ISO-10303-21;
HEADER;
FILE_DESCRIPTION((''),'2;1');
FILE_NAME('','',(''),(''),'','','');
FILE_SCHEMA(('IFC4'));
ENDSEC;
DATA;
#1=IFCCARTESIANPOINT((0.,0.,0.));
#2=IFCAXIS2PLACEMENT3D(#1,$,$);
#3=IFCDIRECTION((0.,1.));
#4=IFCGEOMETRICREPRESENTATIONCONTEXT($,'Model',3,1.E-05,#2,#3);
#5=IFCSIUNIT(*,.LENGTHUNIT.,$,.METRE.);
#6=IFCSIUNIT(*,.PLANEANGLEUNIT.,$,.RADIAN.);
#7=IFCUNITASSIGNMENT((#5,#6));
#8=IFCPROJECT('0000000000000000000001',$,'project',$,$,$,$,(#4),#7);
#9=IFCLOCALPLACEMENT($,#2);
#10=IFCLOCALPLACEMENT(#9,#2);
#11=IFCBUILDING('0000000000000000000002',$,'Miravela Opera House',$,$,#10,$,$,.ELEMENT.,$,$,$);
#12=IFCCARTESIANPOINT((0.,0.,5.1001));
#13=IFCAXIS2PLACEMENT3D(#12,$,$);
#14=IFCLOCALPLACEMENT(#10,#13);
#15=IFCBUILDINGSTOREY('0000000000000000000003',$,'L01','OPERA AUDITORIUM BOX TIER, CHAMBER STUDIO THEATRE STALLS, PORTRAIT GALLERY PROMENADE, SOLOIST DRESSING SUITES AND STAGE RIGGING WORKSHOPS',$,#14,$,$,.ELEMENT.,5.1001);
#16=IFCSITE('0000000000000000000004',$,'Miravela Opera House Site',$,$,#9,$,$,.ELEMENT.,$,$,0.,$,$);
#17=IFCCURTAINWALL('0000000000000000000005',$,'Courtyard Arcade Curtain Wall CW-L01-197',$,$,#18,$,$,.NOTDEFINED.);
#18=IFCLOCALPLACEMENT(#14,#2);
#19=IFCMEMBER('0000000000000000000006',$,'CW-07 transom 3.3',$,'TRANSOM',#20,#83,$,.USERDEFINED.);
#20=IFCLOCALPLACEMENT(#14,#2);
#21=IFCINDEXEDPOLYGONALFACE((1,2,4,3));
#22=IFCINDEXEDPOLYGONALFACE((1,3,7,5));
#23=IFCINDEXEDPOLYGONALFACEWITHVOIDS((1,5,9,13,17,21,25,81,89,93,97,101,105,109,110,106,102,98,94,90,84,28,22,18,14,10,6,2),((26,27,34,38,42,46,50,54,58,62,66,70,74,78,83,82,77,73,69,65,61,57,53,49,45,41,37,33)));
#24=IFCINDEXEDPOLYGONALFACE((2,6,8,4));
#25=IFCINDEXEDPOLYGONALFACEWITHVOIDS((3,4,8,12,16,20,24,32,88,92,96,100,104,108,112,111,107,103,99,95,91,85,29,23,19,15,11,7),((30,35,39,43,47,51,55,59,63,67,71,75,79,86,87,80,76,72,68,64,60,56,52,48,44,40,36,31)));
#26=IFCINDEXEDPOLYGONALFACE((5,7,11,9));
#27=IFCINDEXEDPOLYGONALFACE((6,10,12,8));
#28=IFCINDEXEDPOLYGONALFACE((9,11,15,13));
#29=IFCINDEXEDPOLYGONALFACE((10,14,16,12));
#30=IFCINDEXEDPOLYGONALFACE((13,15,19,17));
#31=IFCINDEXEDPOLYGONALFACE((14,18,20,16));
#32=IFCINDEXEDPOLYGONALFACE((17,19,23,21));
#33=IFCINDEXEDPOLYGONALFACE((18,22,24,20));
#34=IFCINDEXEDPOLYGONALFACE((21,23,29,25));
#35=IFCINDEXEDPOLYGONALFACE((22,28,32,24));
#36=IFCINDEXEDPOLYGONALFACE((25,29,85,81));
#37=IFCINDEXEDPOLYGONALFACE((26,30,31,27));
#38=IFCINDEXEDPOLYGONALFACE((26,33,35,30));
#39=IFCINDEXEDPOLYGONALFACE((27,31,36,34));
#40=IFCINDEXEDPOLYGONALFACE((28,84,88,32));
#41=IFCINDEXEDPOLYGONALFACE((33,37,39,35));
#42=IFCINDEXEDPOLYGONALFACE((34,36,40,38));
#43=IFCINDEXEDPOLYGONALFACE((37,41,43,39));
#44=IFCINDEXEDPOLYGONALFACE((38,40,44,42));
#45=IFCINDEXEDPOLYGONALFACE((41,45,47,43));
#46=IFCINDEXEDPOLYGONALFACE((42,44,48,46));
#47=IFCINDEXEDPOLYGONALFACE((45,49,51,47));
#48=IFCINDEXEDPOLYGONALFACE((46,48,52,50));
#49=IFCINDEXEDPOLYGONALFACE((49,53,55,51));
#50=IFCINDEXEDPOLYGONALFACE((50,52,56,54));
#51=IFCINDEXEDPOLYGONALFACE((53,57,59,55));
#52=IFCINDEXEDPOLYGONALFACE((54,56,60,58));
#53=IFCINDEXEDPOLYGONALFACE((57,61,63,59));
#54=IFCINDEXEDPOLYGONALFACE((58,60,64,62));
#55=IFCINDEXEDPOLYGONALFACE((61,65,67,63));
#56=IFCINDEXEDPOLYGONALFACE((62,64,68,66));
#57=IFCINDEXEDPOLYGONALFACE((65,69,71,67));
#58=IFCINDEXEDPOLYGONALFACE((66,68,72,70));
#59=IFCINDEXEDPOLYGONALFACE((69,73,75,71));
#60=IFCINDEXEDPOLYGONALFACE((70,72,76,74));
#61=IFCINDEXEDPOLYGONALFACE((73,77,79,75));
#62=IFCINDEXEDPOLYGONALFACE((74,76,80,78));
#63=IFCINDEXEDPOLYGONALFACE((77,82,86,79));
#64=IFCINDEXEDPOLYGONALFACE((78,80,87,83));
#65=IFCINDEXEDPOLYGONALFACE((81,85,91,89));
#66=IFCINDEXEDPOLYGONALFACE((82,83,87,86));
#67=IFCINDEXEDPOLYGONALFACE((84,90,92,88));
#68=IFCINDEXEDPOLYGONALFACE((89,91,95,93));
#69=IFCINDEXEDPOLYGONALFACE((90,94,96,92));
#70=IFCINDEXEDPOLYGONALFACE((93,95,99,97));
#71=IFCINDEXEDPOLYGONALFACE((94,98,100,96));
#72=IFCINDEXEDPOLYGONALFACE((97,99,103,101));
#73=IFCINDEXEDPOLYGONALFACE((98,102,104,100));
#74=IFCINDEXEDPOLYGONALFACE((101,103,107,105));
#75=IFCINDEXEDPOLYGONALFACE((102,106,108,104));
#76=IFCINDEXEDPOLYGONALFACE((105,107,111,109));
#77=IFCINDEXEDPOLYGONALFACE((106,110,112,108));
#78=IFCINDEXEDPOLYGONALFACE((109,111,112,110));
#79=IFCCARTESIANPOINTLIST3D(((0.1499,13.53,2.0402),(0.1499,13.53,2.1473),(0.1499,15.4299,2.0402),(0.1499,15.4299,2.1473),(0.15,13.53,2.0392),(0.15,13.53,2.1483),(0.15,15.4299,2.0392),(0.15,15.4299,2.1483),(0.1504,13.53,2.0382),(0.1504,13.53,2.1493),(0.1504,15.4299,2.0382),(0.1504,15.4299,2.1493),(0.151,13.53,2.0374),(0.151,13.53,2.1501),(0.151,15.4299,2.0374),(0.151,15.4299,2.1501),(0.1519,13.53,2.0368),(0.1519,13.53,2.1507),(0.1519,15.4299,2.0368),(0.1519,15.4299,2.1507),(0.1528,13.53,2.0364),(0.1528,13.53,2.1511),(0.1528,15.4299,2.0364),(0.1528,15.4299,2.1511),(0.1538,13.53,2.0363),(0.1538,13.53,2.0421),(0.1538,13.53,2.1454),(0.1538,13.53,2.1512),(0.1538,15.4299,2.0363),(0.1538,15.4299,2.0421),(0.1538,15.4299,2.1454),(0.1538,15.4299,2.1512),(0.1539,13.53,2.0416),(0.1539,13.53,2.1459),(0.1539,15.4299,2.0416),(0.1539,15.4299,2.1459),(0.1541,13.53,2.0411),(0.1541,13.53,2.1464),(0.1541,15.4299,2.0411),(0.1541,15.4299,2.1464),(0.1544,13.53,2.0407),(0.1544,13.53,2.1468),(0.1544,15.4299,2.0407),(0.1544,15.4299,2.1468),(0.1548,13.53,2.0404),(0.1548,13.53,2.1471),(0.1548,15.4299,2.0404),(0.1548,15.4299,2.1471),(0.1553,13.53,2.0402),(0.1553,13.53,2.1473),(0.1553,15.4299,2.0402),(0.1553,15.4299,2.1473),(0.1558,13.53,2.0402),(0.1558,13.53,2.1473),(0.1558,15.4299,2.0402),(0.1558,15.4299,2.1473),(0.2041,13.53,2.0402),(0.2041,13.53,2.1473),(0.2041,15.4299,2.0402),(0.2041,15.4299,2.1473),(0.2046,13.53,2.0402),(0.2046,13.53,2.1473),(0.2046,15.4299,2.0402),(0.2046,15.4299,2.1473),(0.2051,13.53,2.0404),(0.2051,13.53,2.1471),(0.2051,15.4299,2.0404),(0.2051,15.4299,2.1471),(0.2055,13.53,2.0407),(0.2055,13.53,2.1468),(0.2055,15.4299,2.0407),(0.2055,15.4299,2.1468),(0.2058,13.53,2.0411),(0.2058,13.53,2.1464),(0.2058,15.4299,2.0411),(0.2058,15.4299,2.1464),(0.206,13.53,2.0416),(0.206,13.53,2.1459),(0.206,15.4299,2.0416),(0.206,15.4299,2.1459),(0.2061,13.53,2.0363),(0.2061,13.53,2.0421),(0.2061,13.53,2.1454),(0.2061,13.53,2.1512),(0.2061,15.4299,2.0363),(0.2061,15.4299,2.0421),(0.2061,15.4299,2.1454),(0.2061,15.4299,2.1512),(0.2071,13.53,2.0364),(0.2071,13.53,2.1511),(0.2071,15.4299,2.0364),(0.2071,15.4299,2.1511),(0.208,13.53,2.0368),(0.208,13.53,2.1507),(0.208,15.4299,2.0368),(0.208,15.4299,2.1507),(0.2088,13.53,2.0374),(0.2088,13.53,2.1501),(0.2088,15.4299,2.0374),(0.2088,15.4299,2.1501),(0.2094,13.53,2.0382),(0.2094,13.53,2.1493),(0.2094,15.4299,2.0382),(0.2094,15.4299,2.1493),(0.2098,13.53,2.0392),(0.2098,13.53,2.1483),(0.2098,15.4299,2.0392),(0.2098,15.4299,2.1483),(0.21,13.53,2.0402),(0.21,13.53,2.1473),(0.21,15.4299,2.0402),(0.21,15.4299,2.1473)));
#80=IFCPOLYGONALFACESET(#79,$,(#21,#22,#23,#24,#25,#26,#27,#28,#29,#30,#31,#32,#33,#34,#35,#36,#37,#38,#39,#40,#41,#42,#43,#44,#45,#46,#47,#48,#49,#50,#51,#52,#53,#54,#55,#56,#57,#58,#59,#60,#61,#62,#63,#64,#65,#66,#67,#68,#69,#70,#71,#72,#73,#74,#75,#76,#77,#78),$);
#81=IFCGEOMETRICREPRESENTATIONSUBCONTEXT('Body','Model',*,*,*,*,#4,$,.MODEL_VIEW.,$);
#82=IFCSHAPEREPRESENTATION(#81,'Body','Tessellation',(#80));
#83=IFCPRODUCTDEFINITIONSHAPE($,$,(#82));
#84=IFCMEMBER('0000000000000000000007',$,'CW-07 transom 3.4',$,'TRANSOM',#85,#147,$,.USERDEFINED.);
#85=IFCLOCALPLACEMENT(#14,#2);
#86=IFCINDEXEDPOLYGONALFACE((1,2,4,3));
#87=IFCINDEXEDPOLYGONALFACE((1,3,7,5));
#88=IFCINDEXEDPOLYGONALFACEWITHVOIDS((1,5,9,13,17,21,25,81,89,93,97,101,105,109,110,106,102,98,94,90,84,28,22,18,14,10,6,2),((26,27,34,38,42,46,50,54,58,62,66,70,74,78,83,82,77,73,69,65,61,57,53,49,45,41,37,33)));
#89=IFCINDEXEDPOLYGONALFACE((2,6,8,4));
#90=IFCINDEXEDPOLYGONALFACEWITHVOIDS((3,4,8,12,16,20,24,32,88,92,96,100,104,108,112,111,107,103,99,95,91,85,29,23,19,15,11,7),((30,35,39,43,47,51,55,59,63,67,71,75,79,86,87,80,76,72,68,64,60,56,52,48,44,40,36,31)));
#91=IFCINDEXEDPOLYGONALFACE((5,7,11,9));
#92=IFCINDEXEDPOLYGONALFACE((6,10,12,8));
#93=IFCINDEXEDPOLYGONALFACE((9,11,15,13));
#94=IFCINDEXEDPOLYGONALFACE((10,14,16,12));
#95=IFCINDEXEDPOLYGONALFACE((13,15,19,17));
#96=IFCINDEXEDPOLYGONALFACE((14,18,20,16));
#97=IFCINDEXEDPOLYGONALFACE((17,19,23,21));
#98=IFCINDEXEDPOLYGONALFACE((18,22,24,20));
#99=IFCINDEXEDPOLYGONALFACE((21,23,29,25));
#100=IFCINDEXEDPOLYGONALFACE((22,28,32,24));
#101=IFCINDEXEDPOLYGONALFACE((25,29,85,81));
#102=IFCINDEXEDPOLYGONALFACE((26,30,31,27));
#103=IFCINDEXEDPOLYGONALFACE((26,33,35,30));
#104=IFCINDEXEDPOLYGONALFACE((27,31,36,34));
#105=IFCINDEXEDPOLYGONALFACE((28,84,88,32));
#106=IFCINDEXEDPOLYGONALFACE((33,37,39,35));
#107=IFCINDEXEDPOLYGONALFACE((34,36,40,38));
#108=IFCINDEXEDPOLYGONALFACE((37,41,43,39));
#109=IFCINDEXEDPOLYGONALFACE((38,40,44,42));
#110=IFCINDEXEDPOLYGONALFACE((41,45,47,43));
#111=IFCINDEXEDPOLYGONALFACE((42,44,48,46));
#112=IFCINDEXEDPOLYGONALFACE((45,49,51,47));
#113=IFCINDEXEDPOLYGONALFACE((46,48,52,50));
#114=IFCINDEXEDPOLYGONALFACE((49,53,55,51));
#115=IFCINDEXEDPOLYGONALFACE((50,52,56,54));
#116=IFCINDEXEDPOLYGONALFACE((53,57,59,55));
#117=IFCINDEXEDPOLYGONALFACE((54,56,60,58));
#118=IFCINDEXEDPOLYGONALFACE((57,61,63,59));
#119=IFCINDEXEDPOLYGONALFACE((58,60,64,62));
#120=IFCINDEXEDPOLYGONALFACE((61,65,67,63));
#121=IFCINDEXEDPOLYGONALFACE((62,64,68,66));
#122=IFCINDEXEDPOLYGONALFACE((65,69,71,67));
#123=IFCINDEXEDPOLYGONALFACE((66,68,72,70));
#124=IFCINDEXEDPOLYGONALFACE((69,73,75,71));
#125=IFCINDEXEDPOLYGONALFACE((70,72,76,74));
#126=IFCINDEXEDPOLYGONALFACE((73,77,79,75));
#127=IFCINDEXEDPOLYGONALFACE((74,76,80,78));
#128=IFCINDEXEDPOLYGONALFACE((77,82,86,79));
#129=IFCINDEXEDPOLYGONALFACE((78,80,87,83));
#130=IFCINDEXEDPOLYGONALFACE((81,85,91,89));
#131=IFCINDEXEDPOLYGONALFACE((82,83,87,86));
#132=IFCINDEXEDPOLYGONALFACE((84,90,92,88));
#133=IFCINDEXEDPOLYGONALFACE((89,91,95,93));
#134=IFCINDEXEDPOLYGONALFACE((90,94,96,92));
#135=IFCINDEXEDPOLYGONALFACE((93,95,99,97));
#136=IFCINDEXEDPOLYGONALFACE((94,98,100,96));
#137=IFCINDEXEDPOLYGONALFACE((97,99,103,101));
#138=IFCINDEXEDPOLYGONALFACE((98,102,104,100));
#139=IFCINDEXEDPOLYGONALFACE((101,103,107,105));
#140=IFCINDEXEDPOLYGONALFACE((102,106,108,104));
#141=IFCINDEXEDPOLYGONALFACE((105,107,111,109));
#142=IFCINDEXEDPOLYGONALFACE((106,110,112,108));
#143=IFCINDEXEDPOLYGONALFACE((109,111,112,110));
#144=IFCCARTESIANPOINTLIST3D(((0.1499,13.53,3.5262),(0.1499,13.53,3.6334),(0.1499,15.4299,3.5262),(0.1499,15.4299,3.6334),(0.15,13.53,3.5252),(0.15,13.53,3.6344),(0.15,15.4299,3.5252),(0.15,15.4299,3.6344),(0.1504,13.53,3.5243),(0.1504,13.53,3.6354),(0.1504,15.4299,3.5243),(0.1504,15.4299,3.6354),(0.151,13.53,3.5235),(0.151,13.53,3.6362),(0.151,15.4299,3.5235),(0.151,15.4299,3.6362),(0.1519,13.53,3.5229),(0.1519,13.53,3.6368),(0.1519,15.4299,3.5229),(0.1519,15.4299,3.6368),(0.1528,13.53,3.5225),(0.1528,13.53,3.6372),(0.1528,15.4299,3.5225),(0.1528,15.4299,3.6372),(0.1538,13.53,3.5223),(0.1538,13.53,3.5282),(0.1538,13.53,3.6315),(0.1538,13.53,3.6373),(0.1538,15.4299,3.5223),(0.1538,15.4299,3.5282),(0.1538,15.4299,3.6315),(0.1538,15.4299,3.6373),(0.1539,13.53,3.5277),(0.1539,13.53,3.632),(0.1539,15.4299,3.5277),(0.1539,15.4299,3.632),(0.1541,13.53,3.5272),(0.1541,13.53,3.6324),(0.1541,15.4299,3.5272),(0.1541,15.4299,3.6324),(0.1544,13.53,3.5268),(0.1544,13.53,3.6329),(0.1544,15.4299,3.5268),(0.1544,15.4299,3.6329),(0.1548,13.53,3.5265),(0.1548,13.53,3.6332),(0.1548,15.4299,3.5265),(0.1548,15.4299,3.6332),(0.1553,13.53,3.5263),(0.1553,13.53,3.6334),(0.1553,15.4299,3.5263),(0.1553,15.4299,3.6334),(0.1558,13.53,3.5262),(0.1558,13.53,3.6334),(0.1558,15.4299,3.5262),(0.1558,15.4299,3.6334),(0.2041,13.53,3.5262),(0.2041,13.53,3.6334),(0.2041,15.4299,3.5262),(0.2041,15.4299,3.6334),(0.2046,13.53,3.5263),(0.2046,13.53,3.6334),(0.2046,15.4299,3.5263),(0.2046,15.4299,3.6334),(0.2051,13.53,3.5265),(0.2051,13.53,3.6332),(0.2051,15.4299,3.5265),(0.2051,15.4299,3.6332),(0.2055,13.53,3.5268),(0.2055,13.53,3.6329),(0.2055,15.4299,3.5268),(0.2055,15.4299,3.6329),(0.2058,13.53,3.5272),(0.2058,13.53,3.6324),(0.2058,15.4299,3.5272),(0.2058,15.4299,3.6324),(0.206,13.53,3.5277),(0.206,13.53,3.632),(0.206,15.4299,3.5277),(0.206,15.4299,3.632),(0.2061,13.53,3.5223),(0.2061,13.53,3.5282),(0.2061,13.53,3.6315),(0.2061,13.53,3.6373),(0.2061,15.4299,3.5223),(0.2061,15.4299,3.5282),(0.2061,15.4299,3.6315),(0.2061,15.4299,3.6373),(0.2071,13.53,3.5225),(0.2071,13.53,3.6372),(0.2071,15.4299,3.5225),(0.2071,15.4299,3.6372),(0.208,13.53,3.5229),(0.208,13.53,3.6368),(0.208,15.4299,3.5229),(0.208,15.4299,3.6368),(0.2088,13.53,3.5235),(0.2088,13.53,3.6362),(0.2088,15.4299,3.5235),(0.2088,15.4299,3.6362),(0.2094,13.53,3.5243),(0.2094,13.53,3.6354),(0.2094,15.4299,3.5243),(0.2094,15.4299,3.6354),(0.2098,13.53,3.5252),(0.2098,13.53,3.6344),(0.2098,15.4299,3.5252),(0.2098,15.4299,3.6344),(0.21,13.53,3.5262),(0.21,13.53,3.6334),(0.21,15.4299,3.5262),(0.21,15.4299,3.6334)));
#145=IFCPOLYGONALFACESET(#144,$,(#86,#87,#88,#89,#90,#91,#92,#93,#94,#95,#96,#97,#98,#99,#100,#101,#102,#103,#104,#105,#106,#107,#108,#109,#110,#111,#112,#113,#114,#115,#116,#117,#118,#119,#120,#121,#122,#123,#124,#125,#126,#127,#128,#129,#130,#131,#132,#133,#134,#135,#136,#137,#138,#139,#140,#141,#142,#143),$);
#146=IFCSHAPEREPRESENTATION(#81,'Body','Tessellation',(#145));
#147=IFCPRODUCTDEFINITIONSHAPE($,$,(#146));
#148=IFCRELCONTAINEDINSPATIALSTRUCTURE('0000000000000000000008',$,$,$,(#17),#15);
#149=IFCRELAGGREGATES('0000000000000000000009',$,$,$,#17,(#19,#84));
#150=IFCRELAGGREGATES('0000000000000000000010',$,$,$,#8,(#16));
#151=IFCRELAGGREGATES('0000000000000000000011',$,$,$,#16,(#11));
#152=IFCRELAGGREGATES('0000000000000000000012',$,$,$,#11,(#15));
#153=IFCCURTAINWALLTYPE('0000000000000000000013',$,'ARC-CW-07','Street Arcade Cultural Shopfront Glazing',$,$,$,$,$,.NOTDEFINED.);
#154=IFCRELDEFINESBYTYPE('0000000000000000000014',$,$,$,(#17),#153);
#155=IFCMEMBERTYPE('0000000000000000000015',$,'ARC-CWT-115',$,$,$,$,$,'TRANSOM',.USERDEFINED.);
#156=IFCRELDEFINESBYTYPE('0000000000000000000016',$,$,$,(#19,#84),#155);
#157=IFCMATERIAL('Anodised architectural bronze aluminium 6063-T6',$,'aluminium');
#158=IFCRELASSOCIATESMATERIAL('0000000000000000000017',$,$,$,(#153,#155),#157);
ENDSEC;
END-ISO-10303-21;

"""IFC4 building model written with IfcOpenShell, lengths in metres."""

from ifc_helpers import new_model, si_unit, direction, frame, origin, origin_2d, place, context, subcontext, project, spatial, hollow_rectangle, extrude, material, material_profile, profile_set, type_object, element, aggregate, save


model = new_model("IFC4")

# Units and contexts
model_context = context("Model", 3, precision=1e-05, world=origin(), true_north=direction((0.0, 1.0)))
body_context = subcontext(model_context, "Body", "Model", "MODEL_VIEW")
ifc_project = project(units=[si_unit("LENGTHUNIT", "METRE"), si_unit("PLANEANGLEUNIT", "RADIAN")], contexts=[model_context])

# Site, building, storey
site_placement = place(None, origin())
site = spatial("IfcSite", under=ifc_project, at=site_placement, Name="Miravela Opera House Site", CompositionType="ELEMENT", RefElevation=0.0)
building_placement = place(site_placement, origin())
building = spatial("IfcBuilding", under=site, at=building_placement, Name="Miravela Opera House", CompositionType="ELEMENT")
storey_placement = place(building_placement, frame((0.0, 0.0, 5.1001)))
storey = spatial("IfcBuildingStorey", under=building, at=storey_placement, Name="L01", Description="OPERA AUDITORIUM BOX TIER, CHAMBER STUDIO THEATRE STALLS, PORTRAIT GALLERY PROMENADE, SOLOIST DRESSING SUITES AND STAGE RIGGING WORKSHOPS", CompositionType="ELEMENT", Elevation=5.1001)

# Curtain wall, members
ifc_material_1 = material(Name="Anodised architectural bronze aluminium 6063-T6", Category="aluminium")
curtain_wall_type = type_object("IfcCurtainWallType", Name="ARC-CW-07", Description="Street Arcade Cultural Shopfront Glazing", PredefinedType="NOTDEFINED", material=ifc_material_1)
curtain_wall_placement = place(storey_placement, origin())
curtain_wall = element("IfcCurtainWall", 1, at=curtain_wall_placement, inside=storey, type_object=curtain_wall_type, Name="Courtyard Arcade Curtain Wall CW-L01-197", PredefinedType="NOTDEFINED")
ifc_material_profile_1 = material_profile(ifc_material_1, hollow_rectangle(XDim=0.0601, YDim=0.115, WallThickness=0.0039, InnerFilletRadius=0.002, OuterFilletRadius=0.0039, at=origin_2d()), Name="CWT-60X115")
ifc_profile_set_1 = profile_set([ifc_material_profile_1])
member_type_1 = type_object("IfcMemberType", Name="ARC-CWT-115", ElementType="TRANSOM", PredefinedType="USERDEFINED", material=ifc_profile_set_1)
member_1_placement = place(storey_placement, frame((0.1799, 13.53, 2.0938), z_axis=(0.0, 1.0, 0.0), x_axis=(-1.0, 0.0, 0.0)))
member_1 = element("IfcMember", 2, at=member_1_placement, type_object=member_type_1, Name="CW-07 transom 3.3", ObjectType="TRANSOM", PredefinedType="USERDEFINED", context=body_context, shape_type="SweptSolid", body=[
    extrude(hollow_rectangle(XDim=0.0601, YDim=0.115, WallThickness=0.0039, InnerFilletRadius=0.002, OuterFilletRadius=0.0039, at=origin_2d()), origin(), (0.0, 0.0, 1.0), 1.8999),
])
member_2_placement = place(storey_placement, frame((0.1799, 13.53, 3.5798), z_axis=(0.0, 1.0, 0.0), x_axis=(-1.0, 0.0, 0.0)))
member_2 = element("IfcMember", 3, at=member_2_placement, type_object=member_type_1, Name="CW-07 transom 3.4", ObjectType="TRANSOM", PredefinedType="USERDEFINED", context=body_context, shape_type="SweptSolid", body=[
    extrude(hollow_rectangle(XDim=0.0601, YDim=0.115, WallThickness=0.0039, InnerFilletRadius=0.002, OuterFilletRadius=0.0039, at=origin_2d()), origin(), (0.0, 0.0, 1.0), 1.8999),
])
aggregate(curtain_wall, [member_1, member_2])

save(model, "model.ifc")
